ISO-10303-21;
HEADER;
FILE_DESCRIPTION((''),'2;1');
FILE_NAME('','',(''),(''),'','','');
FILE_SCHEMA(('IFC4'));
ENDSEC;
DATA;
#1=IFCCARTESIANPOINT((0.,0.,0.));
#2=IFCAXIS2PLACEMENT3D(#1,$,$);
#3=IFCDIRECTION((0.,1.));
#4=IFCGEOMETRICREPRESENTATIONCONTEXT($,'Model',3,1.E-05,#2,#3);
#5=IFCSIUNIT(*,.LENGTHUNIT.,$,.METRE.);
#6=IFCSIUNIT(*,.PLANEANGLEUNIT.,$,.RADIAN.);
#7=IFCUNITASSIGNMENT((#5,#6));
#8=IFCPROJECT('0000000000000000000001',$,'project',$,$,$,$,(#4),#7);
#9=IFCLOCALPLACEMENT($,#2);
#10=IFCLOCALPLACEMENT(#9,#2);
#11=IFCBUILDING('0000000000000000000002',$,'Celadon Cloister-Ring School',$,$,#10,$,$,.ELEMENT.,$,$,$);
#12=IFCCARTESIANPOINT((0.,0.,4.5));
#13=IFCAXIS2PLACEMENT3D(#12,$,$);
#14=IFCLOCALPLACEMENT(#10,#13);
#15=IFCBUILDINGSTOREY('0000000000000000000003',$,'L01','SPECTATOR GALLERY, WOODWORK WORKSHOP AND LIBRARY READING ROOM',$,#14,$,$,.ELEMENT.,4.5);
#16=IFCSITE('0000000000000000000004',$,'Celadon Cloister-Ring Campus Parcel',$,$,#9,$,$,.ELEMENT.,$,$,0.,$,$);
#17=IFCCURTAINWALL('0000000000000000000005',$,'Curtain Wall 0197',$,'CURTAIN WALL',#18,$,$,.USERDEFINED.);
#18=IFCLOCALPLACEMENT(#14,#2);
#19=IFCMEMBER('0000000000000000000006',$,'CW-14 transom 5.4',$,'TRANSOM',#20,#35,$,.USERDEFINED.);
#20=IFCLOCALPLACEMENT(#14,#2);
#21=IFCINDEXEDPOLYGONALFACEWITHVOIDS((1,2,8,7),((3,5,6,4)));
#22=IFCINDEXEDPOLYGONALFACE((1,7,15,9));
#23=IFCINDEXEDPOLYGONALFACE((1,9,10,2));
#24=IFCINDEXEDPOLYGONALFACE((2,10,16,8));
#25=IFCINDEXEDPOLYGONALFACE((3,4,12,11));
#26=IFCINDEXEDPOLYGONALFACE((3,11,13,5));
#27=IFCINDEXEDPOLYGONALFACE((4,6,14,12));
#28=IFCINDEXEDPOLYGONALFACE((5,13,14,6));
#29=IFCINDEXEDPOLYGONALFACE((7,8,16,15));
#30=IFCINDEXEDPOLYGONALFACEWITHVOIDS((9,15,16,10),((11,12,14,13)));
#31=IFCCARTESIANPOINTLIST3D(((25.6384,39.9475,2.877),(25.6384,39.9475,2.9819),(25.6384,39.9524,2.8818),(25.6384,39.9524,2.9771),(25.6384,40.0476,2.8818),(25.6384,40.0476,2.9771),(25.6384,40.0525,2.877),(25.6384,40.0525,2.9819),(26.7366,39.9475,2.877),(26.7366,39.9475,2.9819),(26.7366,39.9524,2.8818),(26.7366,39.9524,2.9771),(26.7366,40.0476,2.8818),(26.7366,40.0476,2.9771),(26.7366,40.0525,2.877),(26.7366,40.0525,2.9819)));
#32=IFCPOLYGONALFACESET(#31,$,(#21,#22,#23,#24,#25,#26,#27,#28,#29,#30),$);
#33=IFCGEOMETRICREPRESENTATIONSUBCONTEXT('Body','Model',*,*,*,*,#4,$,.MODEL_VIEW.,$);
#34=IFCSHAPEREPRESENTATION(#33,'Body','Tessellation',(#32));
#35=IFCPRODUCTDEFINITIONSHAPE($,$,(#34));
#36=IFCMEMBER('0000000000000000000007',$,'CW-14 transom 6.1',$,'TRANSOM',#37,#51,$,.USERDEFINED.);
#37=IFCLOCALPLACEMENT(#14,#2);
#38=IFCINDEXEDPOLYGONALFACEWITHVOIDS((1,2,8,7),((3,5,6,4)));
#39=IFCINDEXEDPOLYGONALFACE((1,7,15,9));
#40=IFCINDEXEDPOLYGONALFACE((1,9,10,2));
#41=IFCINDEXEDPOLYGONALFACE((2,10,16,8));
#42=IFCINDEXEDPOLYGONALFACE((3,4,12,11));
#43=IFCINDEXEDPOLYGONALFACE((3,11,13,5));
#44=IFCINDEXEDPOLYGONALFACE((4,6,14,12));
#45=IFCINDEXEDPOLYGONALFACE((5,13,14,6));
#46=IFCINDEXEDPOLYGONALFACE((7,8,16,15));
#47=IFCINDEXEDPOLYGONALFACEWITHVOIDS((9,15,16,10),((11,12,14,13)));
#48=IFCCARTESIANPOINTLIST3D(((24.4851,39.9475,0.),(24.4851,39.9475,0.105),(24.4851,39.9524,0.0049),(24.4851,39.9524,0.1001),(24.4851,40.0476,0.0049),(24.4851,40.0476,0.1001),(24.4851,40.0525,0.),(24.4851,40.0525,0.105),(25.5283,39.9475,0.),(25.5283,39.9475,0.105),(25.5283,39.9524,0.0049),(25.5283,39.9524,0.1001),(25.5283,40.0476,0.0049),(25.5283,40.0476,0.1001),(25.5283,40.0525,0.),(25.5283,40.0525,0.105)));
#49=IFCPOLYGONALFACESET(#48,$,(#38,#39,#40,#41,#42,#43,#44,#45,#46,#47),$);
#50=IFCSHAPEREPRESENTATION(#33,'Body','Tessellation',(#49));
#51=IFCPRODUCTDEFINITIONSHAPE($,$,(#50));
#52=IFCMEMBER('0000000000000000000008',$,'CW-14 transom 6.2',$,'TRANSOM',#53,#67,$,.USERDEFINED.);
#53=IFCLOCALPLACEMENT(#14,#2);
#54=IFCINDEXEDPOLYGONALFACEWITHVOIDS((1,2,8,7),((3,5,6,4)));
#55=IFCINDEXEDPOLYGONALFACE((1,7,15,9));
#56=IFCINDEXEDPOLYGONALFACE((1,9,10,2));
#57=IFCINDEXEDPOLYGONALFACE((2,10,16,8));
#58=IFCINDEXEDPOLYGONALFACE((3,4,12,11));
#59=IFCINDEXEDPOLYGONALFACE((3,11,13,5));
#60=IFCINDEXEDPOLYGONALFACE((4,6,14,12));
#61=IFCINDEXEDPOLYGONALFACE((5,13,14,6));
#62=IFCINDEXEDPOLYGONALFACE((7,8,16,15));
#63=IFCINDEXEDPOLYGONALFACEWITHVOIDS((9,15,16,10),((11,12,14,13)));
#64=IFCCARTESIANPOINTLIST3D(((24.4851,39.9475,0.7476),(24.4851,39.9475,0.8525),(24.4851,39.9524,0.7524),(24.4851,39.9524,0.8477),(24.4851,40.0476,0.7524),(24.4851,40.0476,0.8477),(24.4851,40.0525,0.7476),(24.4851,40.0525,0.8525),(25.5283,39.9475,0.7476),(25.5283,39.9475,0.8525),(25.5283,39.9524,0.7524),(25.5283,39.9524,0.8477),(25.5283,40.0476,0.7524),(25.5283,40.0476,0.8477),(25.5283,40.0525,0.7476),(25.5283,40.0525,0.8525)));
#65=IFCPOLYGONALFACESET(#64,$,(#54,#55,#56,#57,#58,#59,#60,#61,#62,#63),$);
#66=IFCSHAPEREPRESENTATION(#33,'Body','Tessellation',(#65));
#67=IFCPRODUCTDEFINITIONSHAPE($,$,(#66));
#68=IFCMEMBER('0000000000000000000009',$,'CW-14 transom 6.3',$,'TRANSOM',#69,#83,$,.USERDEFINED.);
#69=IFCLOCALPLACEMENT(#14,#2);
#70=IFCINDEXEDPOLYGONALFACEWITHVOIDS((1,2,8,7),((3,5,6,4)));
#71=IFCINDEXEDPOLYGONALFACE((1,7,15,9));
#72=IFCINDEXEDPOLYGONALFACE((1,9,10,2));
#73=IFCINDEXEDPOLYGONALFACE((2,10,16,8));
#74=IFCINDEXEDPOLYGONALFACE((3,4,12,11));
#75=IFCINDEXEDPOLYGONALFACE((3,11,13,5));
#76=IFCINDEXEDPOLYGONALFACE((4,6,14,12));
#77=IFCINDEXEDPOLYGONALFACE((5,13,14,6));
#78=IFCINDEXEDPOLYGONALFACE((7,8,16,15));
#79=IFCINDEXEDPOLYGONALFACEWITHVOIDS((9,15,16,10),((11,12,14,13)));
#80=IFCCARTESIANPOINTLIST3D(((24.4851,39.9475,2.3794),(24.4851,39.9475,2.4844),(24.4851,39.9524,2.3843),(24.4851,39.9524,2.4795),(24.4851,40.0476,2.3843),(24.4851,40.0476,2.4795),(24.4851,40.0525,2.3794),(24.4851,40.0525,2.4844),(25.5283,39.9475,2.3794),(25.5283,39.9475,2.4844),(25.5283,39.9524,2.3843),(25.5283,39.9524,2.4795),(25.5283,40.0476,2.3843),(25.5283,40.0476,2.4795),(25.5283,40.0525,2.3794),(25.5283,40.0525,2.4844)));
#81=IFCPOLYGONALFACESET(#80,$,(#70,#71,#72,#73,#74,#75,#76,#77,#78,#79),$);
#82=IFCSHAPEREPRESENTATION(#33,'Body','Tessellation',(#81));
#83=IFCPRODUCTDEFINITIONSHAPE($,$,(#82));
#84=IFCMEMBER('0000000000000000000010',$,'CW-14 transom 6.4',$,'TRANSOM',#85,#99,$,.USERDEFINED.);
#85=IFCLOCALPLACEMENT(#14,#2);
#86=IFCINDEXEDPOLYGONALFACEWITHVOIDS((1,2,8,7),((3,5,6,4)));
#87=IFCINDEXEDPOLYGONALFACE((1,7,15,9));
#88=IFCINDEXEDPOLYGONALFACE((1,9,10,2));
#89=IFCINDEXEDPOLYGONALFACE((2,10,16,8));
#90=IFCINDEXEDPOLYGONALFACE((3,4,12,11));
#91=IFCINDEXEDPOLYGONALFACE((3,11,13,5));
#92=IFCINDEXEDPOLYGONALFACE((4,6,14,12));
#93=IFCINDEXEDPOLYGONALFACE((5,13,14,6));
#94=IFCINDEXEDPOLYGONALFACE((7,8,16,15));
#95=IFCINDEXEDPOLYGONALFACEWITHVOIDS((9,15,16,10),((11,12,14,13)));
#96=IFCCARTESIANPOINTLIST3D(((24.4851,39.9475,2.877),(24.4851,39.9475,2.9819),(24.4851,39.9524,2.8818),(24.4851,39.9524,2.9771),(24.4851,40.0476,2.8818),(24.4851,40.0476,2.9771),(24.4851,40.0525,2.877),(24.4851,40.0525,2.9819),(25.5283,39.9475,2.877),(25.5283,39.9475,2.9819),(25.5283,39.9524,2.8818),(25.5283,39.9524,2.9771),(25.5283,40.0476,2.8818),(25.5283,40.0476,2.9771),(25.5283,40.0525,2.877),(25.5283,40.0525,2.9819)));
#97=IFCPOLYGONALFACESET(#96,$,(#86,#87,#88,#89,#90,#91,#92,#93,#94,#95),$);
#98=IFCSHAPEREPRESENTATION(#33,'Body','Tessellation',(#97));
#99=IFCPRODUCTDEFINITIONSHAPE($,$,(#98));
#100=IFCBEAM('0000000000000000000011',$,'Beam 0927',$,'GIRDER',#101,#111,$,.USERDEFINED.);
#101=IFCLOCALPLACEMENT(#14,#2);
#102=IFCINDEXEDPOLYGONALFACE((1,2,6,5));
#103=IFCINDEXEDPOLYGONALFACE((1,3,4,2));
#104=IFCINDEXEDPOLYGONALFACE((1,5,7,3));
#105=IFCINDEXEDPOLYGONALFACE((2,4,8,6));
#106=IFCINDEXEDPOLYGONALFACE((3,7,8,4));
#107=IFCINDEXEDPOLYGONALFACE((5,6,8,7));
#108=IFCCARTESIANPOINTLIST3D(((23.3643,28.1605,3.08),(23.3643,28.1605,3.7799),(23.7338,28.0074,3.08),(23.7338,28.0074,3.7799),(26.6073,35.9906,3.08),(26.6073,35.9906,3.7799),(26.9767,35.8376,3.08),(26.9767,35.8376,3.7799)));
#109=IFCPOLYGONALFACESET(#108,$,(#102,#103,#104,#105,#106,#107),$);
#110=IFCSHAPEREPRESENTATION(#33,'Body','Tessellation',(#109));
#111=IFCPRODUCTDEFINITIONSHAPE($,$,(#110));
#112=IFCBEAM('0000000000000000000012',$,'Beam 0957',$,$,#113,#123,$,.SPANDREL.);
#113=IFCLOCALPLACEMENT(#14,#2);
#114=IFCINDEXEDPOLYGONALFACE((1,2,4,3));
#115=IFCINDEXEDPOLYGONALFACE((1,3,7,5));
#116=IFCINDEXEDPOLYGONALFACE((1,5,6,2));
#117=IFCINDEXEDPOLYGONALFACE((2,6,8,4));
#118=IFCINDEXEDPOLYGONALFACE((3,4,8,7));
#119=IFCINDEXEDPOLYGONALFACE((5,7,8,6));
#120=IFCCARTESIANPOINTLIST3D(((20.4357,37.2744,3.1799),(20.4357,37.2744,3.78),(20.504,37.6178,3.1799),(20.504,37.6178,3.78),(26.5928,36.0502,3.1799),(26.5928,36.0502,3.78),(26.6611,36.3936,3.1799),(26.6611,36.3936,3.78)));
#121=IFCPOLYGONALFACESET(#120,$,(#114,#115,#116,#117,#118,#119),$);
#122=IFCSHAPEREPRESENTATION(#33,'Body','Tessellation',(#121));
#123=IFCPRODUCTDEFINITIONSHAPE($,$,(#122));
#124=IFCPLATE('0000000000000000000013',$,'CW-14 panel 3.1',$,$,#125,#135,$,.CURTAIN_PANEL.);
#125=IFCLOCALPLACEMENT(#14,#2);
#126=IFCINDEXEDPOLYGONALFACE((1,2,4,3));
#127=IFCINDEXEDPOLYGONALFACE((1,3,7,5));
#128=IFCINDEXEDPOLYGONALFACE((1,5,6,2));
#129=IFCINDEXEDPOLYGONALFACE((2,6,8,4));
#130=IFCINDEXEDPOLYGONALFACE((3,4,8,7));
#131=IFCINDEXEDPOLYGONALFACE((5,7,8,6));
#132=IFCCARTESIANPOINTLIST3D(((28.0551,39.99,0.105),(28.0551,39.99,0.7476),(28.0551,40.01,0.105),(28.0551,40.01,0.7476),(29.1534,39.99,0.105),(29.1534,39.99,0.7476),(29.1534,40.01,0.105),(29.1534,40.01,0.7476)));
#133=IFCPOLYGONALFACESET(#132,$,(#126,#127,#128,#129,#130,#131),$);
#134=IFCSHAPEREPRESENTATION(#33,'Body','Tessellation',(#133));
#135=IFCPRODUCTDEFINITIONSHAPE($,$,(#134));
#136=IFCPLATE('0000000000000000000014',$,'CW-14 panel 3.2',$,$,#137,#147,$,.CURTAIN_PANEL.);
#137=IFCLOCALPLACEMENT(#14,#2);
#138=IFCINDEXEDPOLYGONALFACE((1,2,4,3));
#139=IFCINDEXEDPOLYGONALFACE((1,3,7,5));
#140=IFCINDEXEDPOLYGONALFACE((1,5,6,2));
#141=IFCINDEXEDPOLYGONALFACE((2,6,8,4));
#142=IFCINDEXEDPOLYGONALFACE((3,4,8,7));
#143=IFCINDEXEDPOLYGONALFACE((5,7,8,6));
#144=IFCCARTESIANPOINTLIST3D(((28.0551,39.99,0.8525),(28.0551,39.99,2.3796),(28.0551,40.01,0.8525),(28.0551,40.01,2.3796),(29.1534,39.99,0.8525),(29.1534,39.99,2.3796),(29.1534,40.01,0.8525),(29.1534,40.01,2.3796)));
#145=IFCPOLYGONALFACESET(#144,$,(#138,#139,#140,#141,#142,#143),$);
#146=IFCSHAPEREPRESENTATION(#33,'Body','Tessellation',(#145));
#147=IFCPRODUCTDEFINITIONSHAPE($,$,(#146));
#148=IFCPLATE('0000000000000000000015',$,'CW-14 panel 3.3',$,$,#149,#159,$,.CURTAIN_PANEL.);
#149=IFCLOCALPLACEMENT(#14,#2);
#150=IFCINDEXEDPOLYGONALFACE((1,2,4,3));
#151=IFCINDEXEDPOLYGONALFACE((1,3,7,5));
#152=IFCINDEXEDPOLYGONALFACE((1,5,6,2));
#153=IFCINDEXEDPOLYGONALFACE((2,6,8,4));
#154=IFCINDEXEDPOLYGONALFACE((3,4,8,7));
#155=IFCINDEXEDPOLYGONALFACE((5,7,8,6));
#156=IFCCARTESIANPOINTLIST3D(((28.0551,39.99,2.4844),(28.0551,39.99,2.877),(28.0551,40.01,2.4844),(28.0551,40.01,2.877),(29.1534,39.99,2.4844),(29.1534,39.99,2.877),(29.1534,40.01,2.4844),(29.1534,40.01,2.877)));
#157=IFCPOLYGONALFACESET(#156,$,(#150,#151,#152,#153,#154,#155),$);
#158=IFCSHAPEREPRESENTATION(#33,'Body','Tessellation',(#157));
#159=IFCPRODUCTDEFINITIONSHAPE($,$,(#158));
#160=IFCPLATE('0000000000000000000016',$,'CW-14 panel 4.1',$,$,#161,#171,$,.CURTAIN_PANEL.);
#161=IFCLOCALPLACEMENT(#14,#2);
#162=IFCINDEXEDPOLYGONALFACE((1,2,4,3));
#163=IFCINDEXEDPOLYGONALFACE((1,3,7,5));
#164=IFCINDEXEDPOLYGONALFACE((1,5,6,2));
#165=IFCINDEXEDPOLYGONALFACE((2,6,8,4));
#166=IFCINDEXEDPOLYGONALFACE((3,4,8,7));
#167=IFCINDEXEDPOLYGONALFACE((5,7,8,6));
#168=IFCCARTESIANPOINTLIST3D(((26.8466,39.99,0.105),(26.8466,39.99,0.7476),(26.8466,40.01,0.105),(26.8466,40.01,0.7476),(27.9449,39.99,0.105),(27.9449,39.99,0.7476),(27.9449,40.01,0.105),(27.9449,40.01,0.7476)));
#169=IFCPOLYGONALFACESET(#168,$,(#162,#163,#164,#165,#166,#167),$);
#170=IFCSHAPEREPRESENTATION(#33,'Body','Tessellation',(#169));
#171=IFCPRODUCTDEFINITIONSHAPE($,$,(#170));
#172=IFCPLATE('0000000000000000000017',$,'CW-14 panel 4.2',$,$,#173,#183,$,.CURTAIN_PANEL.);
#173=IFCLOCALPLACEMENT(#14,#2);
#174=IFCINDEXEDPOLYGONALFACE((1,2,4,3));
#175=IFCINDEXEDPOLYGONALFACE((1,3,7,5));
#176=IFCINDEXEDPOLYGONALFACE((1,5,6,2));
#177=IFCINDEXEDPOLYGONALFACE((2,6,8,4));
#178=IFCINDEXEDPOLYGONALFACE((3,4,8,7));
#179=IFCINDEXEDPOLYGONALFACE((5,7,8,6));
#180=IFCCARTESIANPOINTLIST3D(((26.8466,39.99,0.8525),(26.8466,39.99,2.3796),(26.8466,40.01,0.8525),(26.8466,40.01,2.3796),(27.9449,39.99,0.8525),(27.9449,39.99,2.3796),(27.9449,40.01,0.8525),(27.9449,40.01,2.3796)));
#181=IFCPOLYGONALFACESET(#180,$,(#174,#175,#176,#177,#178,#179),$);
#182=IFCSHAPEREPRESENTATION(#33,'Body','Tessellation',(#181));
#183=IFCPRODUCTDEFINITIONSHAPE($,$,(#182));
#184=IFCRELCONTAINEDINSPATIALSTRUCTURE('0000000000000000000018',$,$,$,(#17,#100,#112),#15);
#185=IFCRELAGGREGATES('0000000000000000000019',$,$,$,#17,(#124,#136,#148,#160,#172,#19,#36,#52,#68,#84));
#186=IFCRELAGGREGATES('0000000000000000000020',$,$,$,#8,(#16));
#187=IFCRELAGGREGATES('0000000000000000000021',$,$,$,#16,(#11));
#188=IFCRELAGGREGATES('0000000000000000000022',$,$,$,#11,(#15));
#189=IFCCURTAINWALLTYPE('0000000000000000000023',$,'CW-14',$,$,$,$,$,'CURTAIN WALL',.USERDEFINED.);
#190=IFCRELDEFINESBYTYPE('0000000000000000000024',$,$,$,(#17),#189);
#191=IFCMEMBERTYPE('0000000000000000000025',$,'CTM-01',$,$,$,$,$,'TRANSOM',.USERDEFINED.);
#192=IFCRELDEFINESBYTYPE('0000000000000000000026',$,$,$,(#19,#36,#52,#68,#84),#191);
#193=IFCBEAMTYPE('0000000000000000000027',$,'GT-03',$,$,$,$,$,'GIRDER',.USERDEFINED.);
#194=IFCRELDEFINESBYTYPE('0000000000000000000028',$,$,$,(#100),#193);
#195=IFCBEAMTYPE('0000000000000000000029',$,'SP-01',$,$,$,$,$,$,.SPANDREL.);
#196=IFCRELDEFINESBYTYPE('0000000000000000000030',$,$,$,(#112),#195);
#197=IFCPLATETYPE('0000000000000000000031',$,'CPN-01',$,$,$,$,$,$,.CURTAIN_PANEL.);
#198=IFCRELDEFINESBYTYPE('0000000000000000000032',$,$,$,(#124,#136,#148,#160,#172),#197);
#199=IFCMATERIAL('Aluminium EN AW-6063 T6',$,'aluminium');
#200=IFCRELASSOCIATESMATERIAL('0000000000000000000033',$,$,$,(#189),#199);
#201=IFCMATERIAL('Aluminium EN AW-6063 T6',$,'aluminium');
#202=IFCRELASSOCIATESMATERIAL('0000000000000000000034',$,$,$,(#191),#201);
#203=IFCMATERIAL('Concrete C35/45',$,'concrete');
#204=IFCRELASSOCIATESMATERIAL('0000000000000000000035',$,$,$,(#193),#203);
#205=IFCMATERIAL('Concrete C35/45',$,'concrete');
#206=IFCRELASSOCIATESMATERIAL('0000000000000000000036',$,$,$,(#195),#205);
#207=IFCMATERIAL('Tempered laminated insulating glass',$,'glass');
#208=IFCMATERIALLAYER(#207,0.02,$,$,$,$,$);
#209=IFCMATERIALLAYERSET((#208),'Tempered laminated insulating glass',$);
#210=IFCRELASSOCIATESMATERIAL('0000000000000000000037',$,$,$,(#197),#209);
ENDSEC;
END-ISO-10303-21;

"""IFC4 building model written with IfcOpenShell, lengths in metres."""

from ifc_helpers import new_model, si_unit, direction, frame, origin, origin_2d, place, context, subcontext, project, spatial, rectangle, hollow_rectangle, extrude, material, layer, layer_set, material_profile, profile_set, type_object, element, aggregate, save


model = new_model("IFC4")

# Units and contexts
model_context = context("Model", 3, precision=1e-05, world=origin(), true_north=direction((0.0, 1.0)))
body_context = subcontext(model_context, "Body", "Model", "MODEL_VIEW")
ifc_project = project(units=[si_unit("LENGTHUNIT", "METRE"), si_unit("PLANEANGLEUNIT", "RADIAN")], contexts=[model_context])

# Site, building, storey
site_placement = place(None, origin())
site = spatial("IfcSite", under=ifc_project, at=site_placement, Name="Celadon Cloister-Ring Campus Parcel", CompositionType="ELEMENT", RefElevation=0.0)
building_placement = place(site_placement, origin())
building = spatial("IfcBuilding", under=site, at=building_placement, Name="Celadon Cloister-Ring School", CompositionType="ELEMENT")
storey_placement = place(building_placement, frame((0.0, 0.0, 4.5)))
storey = spatial("IfcBuildingStorey", under=building, at=storey_placement, Name="L01", Description="SPECTATOR GALLERY, WOODWORK WORKSHOP AND LIBRARY READING ROOM", CompositionType="ELEMENT", Elevation=4.5)

# Curtain wall, members
ifc_material_1 = material(Name="Aluminium EN AW-6063 T6", Category="aluminium")
curtain_wall_type = type_object("IfcCurtainWallType", Name="CW-14", ElementType="CURTAIN WALL", PredefinedType="USERDEFINED", material=ifc_material_1)
curtain_wall_placement = place(storey_placement, origin())
curtain_wall = element("IfcCurtainWall", 1, at=curtain_wall_placement, inside=storey, type_object=curtain_wall_type, Name="Curtain Wall 0197", ObjectType="CURTAIN WALL", PredefinedType="USERDEFINED")
ifc_material_2 = material(Name="Aluminium EN AW-6063 T6", Category="aluminium")
ifc_material_profile_1 = material_profile(ifc_material_2, hollow_rectangle(XDim=0.105, YDim=0.105, WallThickness=0.0049, at=origin_2d()), Name="RHS105X105X5")
ifc_profile_set_1 = profile_set([ifc_material_profile_1], Name="Aluminium EN AW-6063 T6")
member_type_1 = type_object("IfcMemberType", Name="CTM-01", ElementType="TRANSOM", PredefinedType="USERDEFINED", material=ifc_profile_set_1)
member_1_placement = place(storey_placement, frame((26.7366, 40.0, 2.9294), z_axis=(-1.0, 0.0, 0.0), x_axis=(0.0, -1.0, 0.0)))
member_1 = element("IfcMember", 2, at=member_1_placement, type_object=member_type_1, Name="CW-14 transom 5.4", ObjectType="TRANSOM", PredefinedType="USERDEFINED", context=body_context, shape_type="SweptSolid", body=[
    extrude(hollow_rectangle(XDim=0.105, YDim=0.105, WallThickness=0.0049, at=origin_2d()), origin(), (0.0, 0.0, 1.0), 1.0981),
])
member_2_placement = place(storey_placement, frame((25.5283, 40.0, 0.0525), z_axis=(-1.0, 0.0, 0.0), x_axis=(0.0, -1.0, 0.0)))
member_2 = element("IfcMember", 3, at=member_2_placement, type_object=member_type_1, Name="CW-14 transom 6.1", ObjectType="TRANSOM", PredefinedType="USERDEFINED", context=body_context, shape_type="SweptSolid", body=[
    extrude(hollow_rectangle(XDim=0.105, YDim=0.105, WallThickness=0.0049, at=origin_2d()), origin(), (0.0, 0.0, 1.0), 1.0432),
])
member_3_placement = place(storey_placement, frame((25.5283, 40.0, 0.8), z_axis=(-1.0, 0.0, 0.0), x_axis=(0.0, -1.0, 0.0)))
member_3 = element("IfcMember", 4, at=member_3_placement, type_object=member_type_1, Name="CW-14 transom 6.2", ObjectType="TRANSOM", PredefinedType="USERDEFINED", context=body_context, shape_type="SweptSolid", body=[
    extrude(hollow_rectangle(XDim=0.105, YDim=0.105, WallThickness=0.0049, at=origin_2d()), origin(), (0.0, 0.0, 1.0), 1.0432),
])
member_4_placement = place(storey_placement, frame((25.5283, 40.0, 2.4319), z_axis=(-1.0, 0.0, 0.0), x_axis=(0.0, -1.0, 0.0)))
member_4 = element("IfcMember", 5, at=member_4_placement, type_object=member_type_1, Name="CW-14 transom 6.3", ObjectType="TRANSOM", PredefinedType="USERDEFINED", context=body_context, shape_type="SweptSolid", body=[
    extrude(hollow_rectangle(XDim=0.105, YDim=0.105, WallThickness=0.0049, at=origin_2d()), origin(), (0.0, 0.0, 1.0), 1.0432),
])
member_5_placement = place(storey_placement, frame((25.5283, 40.0, 2.9294), z_axis=(-1.0, 0.0, 0.0), x_axis=(0.0, -1.0, 0.0)))
member_5 = element("IfcMember", 6, at=member_5_placement, type_object=member_type_1, Name="CW-14 transom 6.4", ObjectType="TRANSOM", PredefinedType="USERDEFINED", context=body_context, shape_type="SweptSolid", body=[
    extrude(hollow_rectangle(XDim=0.105, YDim=0.105, WallThickness=0.0049, at=origin_2d()), origin(), (0.0, 0.0, 1.0), 1.0432),
])

# Beams
ifc_material_3 = material(Name="Concrete C35/45", Category="concrete")
ifc_material_profile_2 = material_profile(ifc_material_3, rectangle(XDim=0.3999, YDim=0.7, at=origin_2d()), Name="RC400X700")
ifc_profile_set_2 = profile_set([ifc_material_profile_2], Name="Concrete C35/45")
beam_type_1 = type_object("IfcBeamType", Name="GT-03", ElementType="GIRDER", PredefinedType="USERDEFINED", material=ifc_profile_set_2)
beam_1_placement = place(storey_placement, frame((26.792, 35.9141, 3.4299), z_axis=(-0.382643, -0.923896, 0.0), x_axis=(0.923896, -0.382643, 0.0)))
element("IfcBeam", 7, at=beam_1_placement, inside=storey, type_object=beam_type_1, Name="Beam 0927", ObjectType="GIRDER", PredefinedType="USERDEFINED", context=body_context, shape_type="SweptSolid", body=[
    extrude(rectangle(XDim=0.3999, YDim=0.7, at=origin_2d()), origin(), (0.0, 0.0, 1.0), 8.4751),
])
ifc_material_4 = material(Name="Concrete C35/45", Category="concrete")
ifc_material_profile_3 = material_profile(ifc_material_4, rectangle(XDim=0.3501, YDim=0.6001, at=origin_2d()), Name="RC350X600")
ifc_profile_set_3 = profile_set([ifc_material_profile_3], Name="Concrete C35/45")
beam_type_2 = type_object("IfcBeamType", Name="SP-01", PredefinedType="SPANDREL", material=ifc_profile_set_3)
beam_2_placement = place(storey_placement, frame((26.627, 36.2219, 3.48), z_axis=(-0.980803, 0.195002, 0.0), x_axis=(-0.195002, -0.980803, 0.0)))
element("IfcBeam", 8, at=beam_2_placement, inside=storey, type_object=beam_type_2, Name="Beam 0957", PredefinedType="SPANDREL", context=body_context, shape_type="SweptSolid", body=[
    extrude(rectangle(XDim=0.3501, YDim=0.6001, at=origin_2d()), origin(), (0.0, 0.0, 1.0), 6.2776),
])

# Plates
ifc_material_5 = material(Name="Tempered laminated insulating glass", Category="glass")
ifc_layer_1 = layer(ifc_material_5, 0.02)
ifc_layer_set_1 = layer_set([ifc_layer_1], Name="Tempered laminated insulating glass")
plate_type = type_object("IfcPlateType", Name="CPN-01", PredefinedType="CURTAIN_PANEL", material=ifc_layer_set_1)
plate_1_placement = place(storey_placement, frame((28.6042, 40.0, 0.105), z_axis=(0.0, 0.0, 1.0), x_axis=(-1.0, 0.0, 0.0)))
plate_1 = element("IfcPlate", 9, at=plate_1_placement, type_object=plate_type, Name="CW-14 panel 3.1", PredefinedType="CURTAIN_PANEL", context=body_context, shape_type="SweptSolid", body=[
    extrude(rectangle(XDim=1.0984, YDim=0.02, at=origin_2d()), origin(), (0.0, 0.0, 1.0), 0.6426),
])
plate_2_placement = place(storey_placement, frame((28.6042, 40.0, 0.8525), z_axis=(0.0, 0.0, 1.0), x_axis=(-1.0, 0.0, 0.0)))
plate_2 = element("IfcPlate", 10, at=plate_2_placement, type_object=plate_type, Name="CW-14 panel 3.2", PredefinedType="CURTAIN_PANEL", context=body_context, shape_type="SweptSolid", body=[
    extrude(rectangle(XDim=1.0984, YDim=0.02, at=origin_2d()), origin(), (0.0, 0.0, 1.0), 1.5271),
])
plate_3_placement = place(storey_placement, frame((28.6042, 40.0, 2.4844), z_axis=(0.0, 0.0, 1.0), x_axis=(-1.0, 0.0, 0.0)))
plate_3 = element("IfcPlate", 11, at=plate_3_placement, type_object=plate_type, Name="CW-14 panel 3.3", PredefinedType="CURTAIN_PANEL", context=body_context, shape_type="SweptSolid", body=[
    extrude(rectangle(XDim=1.0984, YDim=0.02, at=origin_2d()), origin(), (0.0, 0.0, 1.0), 0.3926),
])
plate_4_placement = place(storey_placement, frame((27.3958, 40.0, 0.105), z_axis=(0.0, 0.0, 1.0), x_axis=(-1.0, 0.0, 0.0)))
plate_4 = element("IfcPlate", 12, at=plate_4_placement, type_object=plate_type, Name="CW-14 panel 4.1", PredefinedType="CURTAIN_PANEL", context=body_context, shape_type="SweptSolid", body=[
    extrude(rectangle(XDim=1.0984, YDim=0.02, at=origin_2d()), origin(), (0.0, 0.0, 1.0), 0.6426),
])
plate_5_placement = place(storey_placement, frame((27.3958, 40.0, 0.8525), z_axis=(0.0, 0.0, 1.0), x_axis=(-1.0, 0.0, 0.0)))
plate_5 = element("IfcPlate", 13, at=plate_5_placement, type_object=plate_type, Name="CW-14 panel 4.2", PredefinedType="CURTAIN_PANEL", context=body_context, shape_type="SweptSolid", body=[
    extrude(rectangle(XDim=1.0984, YDim=0.02, at=origin_2d()), origin(), (0.0, 0.0, 1.0), 1.5271),
])
aggregate(curtain_wall, [plate_1, plate_2, plate_3, plate_4, plate_5, member_1, member_2, member_3, member_4, member_5])

save(model, "model.ifc")
